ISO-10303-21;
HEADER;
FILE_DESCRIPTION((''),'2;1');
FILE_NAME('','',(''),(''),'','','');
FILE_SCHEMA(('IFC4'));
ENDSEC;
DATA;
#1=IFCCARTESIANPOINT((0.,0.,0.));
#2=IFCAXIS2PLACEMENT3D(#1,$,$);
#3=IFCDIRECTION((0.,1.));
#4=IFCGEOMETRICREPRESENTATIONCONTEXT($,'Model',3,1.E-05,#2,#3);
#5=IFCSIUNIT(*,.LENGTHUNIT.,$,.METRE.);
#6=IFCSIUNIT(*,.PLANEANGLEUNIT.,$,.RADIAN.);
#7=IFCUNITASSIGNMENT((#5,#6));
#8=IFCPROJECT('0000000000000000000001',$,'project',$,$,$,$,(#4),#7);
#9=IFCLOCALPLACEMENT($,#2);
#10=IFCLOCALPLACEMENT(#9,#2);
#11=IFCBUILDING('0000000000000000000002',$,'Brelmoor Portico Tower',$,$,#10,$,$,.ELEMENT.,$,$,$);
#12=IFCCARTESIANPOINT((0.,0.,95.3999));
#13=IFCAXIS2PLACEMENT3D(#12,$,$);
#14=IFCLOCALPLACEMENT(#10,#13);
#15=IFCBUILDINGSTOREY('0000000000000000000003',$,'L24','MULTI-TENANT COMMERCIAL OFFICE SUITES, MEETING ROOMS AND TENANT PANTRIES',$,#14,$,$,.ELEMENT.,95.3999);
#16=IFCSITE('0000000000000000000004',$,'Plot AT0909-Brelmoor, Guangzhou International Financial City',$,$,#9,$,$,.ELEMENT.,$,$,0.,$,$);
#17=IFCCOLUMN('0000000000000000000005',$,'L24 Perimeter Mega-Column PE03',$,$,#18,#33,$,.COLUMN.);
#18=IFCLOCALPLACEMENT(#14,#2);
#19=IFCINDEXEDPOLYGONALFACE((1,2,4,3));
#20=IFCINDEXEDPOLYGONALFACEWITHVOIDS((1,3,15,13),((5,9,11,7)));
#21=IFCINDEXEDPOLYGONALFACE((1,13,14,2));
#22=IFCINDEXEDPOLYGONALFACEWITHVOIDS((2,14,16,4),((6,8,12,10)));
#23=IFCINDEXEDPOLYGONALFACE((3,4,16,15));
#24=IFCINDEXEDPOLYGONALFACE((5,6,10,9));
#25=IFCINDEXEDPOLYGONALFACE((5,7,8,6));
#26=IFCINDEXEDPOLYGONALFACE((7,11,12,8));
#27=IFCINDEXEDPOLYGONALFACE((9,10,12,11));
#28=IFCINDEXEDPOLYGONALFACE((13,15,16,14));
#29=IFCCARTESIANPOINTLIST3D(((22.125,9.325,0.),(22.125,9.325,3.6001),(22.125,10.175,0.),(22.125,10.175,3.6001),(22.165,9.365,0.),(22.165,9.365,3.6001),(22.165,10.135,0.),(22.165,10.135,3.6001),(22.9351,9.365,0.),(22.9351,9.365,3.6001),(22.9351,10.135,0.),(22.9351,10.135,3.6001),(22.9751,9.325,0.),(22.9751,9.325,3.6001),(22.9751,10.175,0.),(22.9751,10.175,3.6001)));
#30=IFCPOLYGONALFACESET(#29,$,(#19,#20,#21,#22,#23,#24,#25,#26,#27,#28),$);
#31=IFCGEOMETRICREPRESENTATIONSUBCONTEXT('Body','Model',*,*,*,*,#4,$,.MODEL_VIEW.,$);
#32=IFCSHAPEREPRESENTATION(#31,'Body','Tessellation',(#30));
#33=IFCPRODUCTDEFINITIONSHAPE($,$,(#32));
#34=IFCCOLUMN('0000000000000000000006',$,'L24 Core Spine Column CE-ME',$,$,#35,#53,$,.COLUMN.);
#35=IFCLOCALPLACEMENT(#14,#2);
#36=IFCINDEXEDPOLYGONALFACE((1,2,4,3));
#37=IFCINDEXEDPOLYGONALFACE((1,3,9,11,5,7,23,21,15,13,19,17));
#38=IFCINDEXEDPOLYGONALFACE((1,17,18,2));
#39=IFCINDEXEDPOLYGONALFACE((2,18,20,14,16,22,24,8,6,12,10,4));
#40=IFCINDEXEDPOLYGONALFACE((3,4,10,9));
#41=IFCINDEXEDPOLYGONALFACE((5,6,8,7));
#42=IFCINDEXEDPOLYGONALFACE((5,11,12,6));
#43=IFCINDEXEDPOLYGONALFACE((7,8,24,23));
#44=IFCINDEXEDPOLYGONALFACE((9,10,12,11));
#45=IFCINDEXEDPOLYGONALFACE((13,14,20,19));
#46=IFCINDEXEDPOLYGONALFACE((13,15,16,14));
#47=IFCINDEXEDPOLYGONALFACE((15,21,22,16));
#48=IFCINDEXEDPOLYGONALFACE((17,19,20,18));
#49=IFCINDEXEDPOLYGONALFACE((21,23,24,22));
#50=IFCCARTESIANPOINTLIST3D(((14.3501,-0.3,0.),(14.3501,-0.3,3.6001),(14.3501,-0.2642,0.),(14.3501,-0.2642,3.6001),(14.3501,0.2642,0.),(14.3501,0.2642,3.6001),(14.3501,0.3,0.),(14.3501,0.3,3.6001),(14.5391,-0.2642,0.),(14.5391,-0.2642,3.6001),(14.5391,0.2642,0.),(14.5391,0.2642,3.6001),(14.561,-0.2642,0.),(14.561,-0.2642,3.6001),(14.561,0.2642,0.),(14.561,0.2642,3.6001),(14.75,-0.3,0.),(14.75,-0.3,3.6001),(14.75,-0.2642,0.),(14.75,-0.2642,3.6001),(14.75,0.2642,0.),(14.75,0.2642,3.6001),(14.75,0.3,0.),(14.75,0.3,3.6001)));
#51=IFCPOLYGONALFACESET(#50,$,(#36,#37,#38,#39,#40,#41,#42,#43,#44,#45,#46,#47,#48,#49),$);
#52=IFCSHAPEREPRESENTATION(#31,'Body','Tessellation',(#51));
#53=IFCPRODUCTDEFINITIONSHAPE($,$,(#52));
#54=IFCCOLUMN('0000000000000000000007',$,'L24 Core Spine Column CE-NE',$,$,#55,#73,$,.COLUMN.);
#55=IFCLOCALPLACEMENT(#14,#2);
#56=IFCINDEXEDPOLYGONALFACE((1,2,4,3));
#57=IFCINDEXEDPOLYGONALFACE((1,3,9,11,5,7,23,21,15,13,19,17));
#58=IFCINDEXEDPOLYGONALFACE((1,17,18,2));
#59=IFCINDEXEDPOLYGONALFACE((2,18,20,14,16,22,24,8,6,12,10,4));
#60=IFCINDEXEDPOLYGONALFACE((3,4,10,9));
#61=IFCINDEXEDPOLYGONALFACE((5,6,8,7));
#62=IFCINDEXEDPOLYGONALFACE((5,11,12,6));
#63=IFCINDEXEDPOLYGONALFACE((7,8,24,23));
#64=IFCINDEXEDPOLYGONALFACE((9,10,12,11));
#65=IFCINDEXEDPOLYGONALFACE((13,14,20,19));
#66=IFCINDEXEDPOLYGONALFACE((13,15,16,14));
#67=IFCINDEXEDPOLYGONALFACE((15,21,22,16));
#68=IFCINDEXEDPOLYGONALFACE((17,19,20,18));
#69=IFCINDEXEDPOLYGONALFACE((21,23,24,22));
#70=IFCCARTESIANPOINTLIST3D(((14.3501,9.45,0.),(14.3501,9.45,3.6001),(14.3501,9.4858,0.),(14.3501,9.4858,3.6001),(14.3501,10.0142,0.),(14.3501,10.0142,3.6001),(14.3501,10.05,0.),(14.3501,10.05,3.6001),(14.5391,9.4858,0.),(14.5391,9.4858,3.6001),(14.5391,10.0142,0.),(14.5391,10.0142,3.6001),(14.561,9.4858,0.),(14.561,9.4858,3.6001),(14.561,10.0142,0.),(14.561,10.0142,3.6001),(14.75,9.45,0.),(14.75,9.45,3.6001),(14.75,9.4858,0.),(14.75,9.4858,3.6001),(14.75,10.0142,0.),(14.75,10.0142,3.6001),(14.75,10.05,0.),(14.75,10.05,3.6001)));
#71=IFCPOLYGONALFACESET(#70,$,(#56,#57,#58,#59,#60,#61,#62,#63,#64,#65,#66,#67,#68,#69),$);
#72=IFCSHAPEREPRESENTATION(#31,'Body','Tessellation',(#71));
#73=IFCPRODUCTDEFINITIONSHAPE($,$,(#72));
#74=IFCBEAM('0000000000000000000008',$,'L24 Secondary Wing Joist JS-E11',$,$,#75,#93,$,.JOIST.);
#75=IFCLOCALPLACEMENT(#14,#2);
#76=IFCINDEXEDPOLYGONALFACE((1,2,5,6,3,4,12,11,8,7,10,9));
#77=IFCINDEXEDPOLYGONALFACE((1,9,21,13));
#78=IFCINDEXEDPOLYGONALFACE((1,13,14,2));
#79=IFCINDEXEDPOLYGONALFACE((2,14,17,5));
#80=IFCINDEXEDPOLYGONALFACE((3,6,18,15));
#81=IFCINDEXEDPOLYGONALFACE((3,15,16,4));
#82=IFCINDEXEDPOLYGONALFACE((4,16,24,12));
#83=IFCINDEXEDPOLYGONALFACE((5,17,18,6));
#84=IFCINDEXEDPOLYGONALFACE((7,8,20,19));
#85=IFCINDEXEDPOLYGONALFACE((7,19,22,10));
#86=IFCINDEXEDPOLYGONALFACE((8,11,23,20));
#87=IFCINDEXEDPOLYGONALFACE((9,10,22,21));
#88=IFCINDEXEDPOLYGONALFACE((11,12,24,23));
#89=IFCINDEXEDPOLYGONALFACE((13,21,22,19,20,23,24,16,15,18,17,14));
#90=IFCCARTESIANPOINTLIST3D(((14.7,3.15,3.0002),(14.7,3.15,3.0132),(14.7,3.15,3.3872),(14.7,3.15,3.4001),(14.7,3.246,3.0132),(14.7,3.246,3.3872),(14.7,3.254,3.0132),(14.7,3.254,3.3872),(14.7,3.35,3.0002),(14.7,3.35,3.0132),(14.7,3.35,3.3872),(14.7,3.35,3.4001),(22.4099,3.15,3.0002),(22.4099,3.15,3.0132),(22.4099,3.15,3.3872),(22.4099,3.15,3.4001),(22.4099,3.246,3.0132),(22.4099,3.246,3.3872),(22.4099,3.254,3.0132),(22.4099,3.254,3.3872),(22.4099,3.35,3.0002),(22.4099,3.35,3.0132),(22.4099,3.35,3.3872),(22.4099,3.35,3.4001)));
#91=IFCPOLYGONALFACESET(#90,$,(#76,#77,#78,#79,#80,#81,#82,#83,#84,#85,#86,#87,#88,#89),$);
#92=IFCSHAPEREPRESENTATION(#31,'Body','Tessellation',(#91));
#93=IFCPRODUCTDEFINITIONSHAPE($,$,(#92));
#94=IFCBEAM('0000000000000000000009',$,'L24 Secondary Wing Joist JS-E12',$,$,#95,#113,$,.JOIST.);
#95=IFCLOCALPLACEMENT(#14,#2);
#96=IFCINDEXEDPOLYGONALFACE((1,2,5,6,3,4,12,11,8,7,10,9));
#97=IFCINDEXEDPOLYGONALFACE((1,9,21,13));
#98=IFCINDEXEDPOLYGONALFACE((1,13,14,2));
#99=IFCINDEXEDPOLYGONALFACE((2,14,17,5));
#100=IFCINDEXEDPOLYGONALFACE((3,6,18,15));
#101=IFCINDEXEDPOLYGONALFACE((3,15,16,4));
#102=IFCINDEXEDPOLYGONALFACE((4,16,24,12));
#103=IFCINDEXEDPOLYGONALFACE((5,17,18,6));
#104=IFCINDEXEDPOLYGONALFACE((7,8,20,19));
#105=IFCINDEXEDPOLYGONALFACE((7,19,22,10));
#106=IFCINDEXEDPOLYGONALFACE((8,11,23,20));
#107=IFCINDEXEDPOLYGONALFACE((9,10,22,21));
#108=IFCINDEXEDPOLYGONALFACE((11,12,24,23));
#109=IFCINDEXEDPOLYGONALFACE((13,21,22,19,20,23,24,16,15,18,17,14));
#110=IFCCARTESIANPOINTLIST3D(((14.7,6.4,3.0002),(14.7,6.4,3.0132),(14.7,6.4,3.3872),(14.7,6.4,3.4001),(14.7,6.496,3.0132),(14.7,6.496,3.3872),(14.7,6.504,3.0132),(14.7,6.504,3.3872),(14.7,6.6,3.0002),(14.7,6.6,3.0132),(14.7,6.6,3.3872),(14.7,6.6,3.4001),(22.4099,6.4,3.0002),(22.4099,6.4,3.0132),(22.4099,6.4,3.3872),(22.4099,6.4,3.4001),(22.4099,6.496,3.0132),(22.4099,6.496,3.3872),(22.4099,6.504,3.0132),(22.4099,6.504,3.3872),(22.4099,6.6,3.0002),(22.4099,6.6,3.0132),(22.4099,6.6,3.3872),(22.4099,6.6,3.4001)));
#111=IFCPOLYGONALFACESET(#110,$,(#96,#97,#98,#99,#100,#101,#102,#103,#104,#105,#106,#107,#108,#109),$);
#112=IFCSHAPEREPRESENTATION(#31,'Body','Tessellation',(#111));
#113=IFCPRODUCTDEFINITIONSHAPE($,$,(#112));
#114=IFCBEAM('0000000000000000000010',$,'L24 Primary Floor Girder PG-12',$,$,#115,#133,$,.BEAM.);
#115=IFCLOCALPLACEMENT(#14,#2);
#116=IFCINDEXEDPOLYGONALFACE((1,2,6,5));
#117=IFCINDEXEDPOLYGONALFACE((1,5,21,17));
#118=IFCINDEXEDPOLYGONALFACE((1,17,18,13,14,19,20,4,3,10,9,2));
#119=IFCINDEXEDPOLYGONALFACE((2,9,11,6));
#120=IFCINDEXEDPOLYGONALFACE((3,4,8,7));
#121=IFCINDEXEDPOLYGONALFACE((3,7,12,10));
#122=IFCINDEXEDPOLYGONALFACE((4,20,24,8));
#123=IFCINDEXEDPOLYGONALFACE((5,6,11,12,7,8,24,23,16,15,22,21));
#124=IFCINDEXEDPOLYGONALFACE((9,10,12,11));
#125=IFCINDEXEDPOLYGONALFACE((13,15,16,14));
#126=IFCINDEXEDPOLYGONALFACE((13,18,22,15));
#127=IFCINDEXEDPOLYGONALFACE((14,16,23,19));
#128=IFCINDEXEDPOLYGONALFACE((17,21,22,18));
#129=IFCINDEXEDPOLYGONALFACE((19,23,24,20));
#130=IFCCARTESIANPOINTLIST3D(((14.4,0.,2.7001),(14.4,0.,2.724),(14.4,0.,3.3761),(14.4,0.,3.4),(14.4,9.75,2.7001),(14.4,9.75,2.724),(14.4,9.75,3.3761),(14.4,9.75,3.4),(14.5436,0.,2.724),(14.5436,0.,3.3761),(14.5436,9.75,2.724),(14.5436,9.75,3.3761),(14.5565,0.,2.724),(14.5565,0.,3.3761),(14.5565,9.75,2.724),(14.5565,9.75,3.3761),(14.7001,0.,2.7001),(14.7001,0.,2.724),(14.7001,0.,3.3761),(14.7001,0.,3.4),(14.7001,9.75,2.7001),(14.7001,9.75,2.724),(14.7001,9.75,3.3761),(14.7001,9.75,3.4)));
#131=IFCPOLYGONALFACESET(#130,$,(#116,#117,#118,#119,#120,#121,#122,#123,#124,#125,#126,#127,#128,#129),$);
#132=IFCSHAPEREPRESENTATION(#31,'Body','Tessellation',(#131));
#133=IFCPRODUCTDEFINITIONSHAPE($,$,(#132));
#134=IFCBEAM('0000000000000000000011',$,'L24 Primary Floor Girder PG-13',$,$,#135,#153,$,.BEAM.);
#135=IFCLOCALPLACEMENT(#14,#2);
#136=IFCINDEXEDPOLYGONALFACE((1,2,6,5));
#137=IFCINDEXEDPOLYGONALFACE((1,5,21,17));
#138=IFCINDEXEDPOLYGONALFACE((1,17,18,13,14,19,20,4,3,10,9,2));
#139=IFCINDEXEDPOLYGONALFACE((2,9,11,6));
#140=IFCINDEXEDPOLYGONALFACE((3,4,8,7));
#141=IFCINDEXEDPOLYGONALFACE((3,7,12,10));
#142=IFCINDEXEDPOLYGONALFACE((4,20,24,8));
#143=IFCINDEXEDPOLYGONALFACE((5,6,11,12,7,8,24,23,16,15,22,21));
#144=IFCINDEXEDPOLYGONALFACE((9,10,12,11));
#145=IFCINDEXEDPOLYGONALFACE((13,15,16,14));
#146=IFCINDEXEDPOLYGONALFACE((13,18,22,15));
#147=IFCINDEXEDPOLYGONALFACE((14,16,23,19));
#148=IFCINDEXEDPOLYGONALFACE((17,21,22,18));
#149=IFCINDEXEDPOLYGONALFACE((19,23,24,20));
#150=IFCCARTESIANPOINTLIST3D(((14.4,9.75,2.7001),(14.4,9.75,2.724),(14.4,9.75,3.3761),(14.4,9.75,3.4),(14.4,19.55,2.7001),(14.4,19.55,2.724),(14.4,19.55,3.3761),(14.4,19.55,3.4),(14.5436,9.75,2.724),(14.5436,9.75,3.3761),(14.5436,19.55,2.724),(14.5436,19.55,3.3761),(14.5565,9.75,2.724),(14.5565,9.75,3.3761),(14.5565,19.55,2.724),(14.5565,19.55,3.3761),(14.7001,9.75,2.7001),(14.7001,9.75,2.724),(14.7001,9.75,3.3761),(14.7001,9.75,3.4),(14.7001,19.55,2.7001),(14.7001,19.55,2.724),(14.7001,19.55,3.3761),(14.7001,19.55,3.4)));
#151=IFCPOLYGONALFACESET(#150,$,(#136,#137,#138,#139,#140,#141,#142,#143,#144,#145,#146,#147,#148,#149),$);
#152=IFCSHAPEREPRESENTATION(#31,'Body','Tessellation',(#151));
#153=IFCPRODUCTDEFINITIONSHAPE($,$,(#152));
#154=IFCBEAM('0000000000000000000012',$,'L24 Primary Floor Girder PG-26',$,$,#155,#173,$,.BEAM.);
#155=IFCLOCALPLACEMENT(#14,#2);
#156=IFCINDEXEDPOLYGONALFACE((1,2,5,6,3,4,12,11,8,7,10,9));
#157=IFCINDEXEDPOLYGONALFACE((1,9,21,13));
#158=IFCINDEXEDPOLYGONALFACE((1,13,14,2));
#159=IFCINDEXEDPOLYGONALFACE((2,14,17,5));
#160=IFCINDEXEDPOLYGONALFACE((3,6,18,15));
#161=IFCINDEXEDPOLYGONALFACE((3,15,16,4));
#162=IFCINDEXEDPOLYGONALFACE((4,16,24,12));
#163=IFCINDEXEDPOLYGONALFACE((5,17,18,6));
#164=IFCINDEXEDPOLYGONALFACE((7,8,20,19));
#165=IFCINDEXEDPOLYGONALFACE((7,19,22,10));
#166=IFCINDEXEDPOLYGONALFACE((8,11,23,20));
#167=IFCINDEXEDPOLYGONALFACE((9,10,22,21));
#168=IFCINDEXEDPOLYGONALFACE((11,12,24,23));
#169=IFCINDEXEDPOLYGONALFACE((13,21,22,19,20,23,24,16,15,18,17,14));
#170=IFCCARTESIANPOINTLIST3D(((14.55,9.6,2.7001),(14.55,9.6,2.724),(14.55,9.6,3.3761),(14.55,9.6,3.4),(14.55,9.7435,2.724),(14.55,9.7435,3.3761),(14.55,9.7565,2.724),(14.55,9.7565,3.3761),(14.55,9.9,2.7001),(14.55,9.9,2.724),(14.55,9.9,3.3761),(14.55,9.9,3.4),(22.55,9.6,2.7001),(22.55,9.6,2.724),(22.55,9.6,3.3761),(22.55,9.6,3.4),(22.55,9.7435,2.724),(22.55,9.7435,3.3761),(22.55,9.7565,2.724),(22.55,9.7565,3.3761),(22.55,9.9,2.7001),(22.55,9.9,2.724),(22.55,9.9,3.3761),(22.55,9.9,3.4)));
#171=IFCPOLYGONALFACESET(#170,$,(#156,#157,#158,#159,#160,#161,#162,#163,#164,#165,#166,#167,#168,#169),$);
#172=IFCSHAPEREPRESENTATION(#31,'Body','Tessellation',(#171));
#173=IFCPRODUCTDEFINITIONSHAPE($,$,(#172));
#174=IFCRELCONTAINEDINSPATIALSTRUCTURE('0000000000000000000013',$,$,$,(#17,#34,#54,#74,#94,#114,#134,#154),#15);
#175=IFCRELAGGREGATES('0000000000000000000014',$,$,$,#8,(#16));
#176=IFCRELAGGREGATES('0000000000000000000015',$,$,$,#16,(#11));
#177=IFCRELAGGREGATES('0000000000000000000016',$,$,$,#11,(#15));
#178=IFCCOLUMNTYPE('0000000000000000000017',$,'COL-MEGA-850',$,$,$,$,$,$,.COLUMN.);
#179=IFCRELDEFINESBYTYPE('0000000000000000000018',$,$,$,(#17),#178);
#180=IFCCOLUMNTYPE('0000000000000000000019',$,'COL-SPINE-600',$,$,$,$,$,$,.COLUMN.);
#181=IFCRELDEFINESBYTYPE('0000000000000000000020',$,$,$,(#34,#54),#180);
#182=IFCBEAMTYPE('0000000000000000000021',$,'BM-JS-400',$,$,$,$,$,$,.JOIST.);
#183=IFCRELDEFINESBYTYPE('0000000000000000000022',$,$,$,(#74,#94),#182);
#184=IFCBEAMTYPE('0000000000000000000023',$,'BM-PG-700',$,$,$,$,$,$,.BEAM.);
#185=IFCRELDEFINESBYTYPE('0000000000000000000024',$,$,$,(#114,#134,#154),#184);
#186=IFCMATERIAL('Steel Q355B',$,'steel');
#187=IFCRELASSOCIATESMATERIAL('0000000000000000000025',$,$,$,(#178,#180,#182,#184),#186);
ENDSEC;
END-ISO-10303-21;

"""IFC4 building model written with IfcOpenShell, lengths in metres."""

from ifc_helpers import new_model, si_unit, direction, frame, origin, origin_2d, place, context, subcontext, project, spatial, hollow_rectangle, i_section, extrude, material, material_profile, profile_set, type_object, element, save


model = new_model("IFC4")

# Units and contexts
model_context = context("Model", 3, precision=1e-05, world=origin(), true_north=direction((0.0, 1.0)))
body_context = subcontext(model_context, "Body", "Model", "MODEL_VIEW")
ifc_project = project(units=[si_unit("LENGTHUNIT", "METRE"), si_unit("PLANEANGLEUNIT", "RADIAN")], contexts=[model_context])

# Site, building, storey
site_placement = place(None, origin())
site = spatial("IfcSite", under=ifc_project, at=site_placement, Name="Plot AT0909-Brelmoor, Guangzhou International Financial City", CompositionType="ELEMENT", RefElevation=0.0)
building_placement = place(site_placement, origin())
building = spatial("IfcBuilding", under=site, at=building_placement, Name="Brelmoor Portico Tower", CompositionType="ELEMENT")
storey_placement = place(building_placement, frame((0.0, 0.0, 95.3999)))
storey = spatial("IfcBuildingStorey", under=building, at=storey_placement, Name="L24", Description="MULTI-TENANT COMMERCIAL OFFICE SUITES, MEETING ROOMS AND TENANT PANTRIES", CompositionType="ELEMENT", Elevation=95.3999)

# Columns
ifc_material_1 = material(Name="Steel Q355B", Category="steel")
ifc_material_profile_1 = material_profile(ifc_material_1, hollow_rectangle(XDim=0.8501, YDim=0.8501, WallThickness=0.04, at=origin_2d()), Name="BOX 850x850x40")
ifc_profile_set_1 = profile_set([ifc_material_profile_1], Name="Steel Q355B")
column_type_1 = type_object("IfcColumnType", Name="COL-MEGA-850", PredefinedType="COLUMN", material=ifc_profile_set_1)
column_placement = place(storey_placement, frame((22.55, 9.75, 0.0), z_axis=(0.0, 0.0, 1.0), x_axis=(0.0, 1.0, 0.0)))
element("IfcColumn", 1, at=column_placement, inside=storey, type_object=column_type_1, Name="L24 Perimeter Mega-Column PE03", PredefinedType="COLUMN", context=body_context, shape_type="SweptSolid", body=[
    extrude(hollow_rectangle(XDim=0.8501, YDim=0.8501, WallThickness=0.04, at=origin_2d()), origin(), (0.0, 0.0, 1.0), 3.6001),
])
ifc_material_profile_2 = material_profile(ifc_material_1, i_section(OverallWidth=0.3999, OverallDepth=0.6001, WebThickness=0.022, FlangeThickness=0.0359, at=origin_2d()), Name="HW 600x400x22x36")
ifc_profile_set_2 = profile_set([ifc_material_profile_2], Name="Steel Q355B")
column_type_2 = type_object("IfcColumnType", Name="COL-SPINE-600", PredefinedType="COLUMN", material=ifc_profile_set_2)
for number, where, z_axis, x_axis, name in (
    (2, (14.55, 0.0, 0.0), (0.0, 0.0, 1.0), (1.0, 0.0, 0.0), "L24 Core Spine Column CE-ME"),
    (3, (14.55, 9.75, 0.0), (0.0, 0.0, 1.0), (1.0, 0.0, 0.0), "L24 Core Spine Column CE-NE"),
):
    element("IfcColumn", number, at=place(storey_placement, frame(where, z_axis=z_axis, x_axis=x_axis)), inside=storey, type_object=column_type_2, Name=name, PredefinedType="COLUMN", context=body_context, shape_type="SweptSolid", body=[
        extrude(i_section(OverallWidth=0.3999, OverallDepth=0.6001, WebThickness=0.022, FlangeThickness=0.0359, at=origin_2d()), origin(), (0.0, 0.0, 1.0), 3.6001),
    ])

# Beams
ifc_material_profile_3 = material_profile(ifc_material_1, i_section(OverallWidth=0.2, OverallDepth=0.3999, WebThickness=0.0081, FlangeThickness=0.0129, at=origin_2d()), Name="HN 400x200x8x13")
ifc_profile_set_3 = profile_set([ifc_material_profile_3], Name="Steel Q355B")
beam_type_1 = type_object("IfcBeamType", Name="BM-JS-400", PredefinedType="JOIST", material=ifc_profile_set_3)
for number, where, z_axis, x_axis, name in (
    (4, (14.7, 3.25, 3.2002), (1.0, 0.0, 0.0), (0.0, 1.0, 0.0), "L24 Secondary Wing Joist JS-E11"),
    (5, (14.7, 6.5, 3.2002), (1.0, 0.0, 0.0), (0.0, 1.0, 0.0), "L24 Secondary Wing Joist JS-E12"),
):
    element("IfcBeam", number, at=place(storey_placement, frame(where, z_axis=z_axis, x_axis=x_axis)), inside=storey, type_object=beam_type_1, Name=name, PredefinedType="JOIST", context=body_context, shape_type="SweptSolid", body=[
        extrude(i_section(OverallWidth=0.2, OverallDepth=0.3999, WebThickness=0.0081, FlangeThickness=0.0129, at=origin_2d()), origin(), (0.0, 0.0, 1.0), 7.71),
    ])
ifc_material_profile_4 = material_profile(ifc_material_1, i_section(OverallWidth=0.3, OverallDepth=0.7, WebThickness=0.0129, FlangeThickness=0.0239, at=origin_2d()), Name="HN 700x300x13x24")
ifc_profile_set_4 = profile_set([ifc_material_profile_4], Name="Steel Q355B")
beam_type_2 = type_object("IfcBeamType", Name="BM-PG-700", PredefinedType="BEAM", material=ifc_profile_set_4)
beam_1_placement = place(storey_placement, frame((14.55, 0.0, 3.05), z_axis=(0.0, 1.0, 0.0), x_axis=(-1.0, 0.0, 0.0)))
element("IfcBeam", 6, at=beam_1_placement, inside=storey, type_object=beam_type_2, Name="L24 Primary Floor Girder PG-12", PredefinedType="BEAM", context=body_context, shape_type="SweptSolid", body=[
    extrude(i_section(OverallWidth=0.3, OverallDepth=0.7, WebThickness=0.0129, FlangeThickness=0.0239, at=origin_2d()), origin(), (0.0, 0.0, 1.0), 9.75),
])
beam_2_placement = place(storey_placement, frame((14.55, 9.75, 3.05), z_axis=(0.0, 1.0, 0.0), x_axis=(-1.0, 0.0, 0.0)))
element("IfcBeam", 7, at=beam_2_placement, inside=storey, type_object=beam_type_2, Name="L24 Primary Floor Girder PG-13", PredefinedType="BEAM", context=body_context, shape_type="SweptSolid", body=[
    extrude(i_section(OverallWidth=0.3, OverallDepth=0.7, WebThickness=0.0129, FlangeThickness=0.0239, at=origin_2d()), origin(), (0.0, 0.0, 1.0), 9.8),
])
beam_3_placement = place(storey_placement, frame((14.55, 9.75, 3.05), z_axis=(1.0, 0.0, 0.0), x_axis=(0.0, 1.0, 0.0)))
element("IfcBeam", 8, at=beam_3_placement, inside=storey, type_object=beam_type_2, Name="L24 Primary Floor Girder PG-26", PredefinedType="BEAM", context=body_context, shape_type="SweptSolid", body=[
    extrude(i_section(OverallWidth=0.3, OverallDepth=0.7, WebThickness=0.0129, FlangeThickness=0.0239, at=origin_2d()), origin(), (0.0, 0.0, 1.0), 8.0),
])

save(model, "model.ifc")
